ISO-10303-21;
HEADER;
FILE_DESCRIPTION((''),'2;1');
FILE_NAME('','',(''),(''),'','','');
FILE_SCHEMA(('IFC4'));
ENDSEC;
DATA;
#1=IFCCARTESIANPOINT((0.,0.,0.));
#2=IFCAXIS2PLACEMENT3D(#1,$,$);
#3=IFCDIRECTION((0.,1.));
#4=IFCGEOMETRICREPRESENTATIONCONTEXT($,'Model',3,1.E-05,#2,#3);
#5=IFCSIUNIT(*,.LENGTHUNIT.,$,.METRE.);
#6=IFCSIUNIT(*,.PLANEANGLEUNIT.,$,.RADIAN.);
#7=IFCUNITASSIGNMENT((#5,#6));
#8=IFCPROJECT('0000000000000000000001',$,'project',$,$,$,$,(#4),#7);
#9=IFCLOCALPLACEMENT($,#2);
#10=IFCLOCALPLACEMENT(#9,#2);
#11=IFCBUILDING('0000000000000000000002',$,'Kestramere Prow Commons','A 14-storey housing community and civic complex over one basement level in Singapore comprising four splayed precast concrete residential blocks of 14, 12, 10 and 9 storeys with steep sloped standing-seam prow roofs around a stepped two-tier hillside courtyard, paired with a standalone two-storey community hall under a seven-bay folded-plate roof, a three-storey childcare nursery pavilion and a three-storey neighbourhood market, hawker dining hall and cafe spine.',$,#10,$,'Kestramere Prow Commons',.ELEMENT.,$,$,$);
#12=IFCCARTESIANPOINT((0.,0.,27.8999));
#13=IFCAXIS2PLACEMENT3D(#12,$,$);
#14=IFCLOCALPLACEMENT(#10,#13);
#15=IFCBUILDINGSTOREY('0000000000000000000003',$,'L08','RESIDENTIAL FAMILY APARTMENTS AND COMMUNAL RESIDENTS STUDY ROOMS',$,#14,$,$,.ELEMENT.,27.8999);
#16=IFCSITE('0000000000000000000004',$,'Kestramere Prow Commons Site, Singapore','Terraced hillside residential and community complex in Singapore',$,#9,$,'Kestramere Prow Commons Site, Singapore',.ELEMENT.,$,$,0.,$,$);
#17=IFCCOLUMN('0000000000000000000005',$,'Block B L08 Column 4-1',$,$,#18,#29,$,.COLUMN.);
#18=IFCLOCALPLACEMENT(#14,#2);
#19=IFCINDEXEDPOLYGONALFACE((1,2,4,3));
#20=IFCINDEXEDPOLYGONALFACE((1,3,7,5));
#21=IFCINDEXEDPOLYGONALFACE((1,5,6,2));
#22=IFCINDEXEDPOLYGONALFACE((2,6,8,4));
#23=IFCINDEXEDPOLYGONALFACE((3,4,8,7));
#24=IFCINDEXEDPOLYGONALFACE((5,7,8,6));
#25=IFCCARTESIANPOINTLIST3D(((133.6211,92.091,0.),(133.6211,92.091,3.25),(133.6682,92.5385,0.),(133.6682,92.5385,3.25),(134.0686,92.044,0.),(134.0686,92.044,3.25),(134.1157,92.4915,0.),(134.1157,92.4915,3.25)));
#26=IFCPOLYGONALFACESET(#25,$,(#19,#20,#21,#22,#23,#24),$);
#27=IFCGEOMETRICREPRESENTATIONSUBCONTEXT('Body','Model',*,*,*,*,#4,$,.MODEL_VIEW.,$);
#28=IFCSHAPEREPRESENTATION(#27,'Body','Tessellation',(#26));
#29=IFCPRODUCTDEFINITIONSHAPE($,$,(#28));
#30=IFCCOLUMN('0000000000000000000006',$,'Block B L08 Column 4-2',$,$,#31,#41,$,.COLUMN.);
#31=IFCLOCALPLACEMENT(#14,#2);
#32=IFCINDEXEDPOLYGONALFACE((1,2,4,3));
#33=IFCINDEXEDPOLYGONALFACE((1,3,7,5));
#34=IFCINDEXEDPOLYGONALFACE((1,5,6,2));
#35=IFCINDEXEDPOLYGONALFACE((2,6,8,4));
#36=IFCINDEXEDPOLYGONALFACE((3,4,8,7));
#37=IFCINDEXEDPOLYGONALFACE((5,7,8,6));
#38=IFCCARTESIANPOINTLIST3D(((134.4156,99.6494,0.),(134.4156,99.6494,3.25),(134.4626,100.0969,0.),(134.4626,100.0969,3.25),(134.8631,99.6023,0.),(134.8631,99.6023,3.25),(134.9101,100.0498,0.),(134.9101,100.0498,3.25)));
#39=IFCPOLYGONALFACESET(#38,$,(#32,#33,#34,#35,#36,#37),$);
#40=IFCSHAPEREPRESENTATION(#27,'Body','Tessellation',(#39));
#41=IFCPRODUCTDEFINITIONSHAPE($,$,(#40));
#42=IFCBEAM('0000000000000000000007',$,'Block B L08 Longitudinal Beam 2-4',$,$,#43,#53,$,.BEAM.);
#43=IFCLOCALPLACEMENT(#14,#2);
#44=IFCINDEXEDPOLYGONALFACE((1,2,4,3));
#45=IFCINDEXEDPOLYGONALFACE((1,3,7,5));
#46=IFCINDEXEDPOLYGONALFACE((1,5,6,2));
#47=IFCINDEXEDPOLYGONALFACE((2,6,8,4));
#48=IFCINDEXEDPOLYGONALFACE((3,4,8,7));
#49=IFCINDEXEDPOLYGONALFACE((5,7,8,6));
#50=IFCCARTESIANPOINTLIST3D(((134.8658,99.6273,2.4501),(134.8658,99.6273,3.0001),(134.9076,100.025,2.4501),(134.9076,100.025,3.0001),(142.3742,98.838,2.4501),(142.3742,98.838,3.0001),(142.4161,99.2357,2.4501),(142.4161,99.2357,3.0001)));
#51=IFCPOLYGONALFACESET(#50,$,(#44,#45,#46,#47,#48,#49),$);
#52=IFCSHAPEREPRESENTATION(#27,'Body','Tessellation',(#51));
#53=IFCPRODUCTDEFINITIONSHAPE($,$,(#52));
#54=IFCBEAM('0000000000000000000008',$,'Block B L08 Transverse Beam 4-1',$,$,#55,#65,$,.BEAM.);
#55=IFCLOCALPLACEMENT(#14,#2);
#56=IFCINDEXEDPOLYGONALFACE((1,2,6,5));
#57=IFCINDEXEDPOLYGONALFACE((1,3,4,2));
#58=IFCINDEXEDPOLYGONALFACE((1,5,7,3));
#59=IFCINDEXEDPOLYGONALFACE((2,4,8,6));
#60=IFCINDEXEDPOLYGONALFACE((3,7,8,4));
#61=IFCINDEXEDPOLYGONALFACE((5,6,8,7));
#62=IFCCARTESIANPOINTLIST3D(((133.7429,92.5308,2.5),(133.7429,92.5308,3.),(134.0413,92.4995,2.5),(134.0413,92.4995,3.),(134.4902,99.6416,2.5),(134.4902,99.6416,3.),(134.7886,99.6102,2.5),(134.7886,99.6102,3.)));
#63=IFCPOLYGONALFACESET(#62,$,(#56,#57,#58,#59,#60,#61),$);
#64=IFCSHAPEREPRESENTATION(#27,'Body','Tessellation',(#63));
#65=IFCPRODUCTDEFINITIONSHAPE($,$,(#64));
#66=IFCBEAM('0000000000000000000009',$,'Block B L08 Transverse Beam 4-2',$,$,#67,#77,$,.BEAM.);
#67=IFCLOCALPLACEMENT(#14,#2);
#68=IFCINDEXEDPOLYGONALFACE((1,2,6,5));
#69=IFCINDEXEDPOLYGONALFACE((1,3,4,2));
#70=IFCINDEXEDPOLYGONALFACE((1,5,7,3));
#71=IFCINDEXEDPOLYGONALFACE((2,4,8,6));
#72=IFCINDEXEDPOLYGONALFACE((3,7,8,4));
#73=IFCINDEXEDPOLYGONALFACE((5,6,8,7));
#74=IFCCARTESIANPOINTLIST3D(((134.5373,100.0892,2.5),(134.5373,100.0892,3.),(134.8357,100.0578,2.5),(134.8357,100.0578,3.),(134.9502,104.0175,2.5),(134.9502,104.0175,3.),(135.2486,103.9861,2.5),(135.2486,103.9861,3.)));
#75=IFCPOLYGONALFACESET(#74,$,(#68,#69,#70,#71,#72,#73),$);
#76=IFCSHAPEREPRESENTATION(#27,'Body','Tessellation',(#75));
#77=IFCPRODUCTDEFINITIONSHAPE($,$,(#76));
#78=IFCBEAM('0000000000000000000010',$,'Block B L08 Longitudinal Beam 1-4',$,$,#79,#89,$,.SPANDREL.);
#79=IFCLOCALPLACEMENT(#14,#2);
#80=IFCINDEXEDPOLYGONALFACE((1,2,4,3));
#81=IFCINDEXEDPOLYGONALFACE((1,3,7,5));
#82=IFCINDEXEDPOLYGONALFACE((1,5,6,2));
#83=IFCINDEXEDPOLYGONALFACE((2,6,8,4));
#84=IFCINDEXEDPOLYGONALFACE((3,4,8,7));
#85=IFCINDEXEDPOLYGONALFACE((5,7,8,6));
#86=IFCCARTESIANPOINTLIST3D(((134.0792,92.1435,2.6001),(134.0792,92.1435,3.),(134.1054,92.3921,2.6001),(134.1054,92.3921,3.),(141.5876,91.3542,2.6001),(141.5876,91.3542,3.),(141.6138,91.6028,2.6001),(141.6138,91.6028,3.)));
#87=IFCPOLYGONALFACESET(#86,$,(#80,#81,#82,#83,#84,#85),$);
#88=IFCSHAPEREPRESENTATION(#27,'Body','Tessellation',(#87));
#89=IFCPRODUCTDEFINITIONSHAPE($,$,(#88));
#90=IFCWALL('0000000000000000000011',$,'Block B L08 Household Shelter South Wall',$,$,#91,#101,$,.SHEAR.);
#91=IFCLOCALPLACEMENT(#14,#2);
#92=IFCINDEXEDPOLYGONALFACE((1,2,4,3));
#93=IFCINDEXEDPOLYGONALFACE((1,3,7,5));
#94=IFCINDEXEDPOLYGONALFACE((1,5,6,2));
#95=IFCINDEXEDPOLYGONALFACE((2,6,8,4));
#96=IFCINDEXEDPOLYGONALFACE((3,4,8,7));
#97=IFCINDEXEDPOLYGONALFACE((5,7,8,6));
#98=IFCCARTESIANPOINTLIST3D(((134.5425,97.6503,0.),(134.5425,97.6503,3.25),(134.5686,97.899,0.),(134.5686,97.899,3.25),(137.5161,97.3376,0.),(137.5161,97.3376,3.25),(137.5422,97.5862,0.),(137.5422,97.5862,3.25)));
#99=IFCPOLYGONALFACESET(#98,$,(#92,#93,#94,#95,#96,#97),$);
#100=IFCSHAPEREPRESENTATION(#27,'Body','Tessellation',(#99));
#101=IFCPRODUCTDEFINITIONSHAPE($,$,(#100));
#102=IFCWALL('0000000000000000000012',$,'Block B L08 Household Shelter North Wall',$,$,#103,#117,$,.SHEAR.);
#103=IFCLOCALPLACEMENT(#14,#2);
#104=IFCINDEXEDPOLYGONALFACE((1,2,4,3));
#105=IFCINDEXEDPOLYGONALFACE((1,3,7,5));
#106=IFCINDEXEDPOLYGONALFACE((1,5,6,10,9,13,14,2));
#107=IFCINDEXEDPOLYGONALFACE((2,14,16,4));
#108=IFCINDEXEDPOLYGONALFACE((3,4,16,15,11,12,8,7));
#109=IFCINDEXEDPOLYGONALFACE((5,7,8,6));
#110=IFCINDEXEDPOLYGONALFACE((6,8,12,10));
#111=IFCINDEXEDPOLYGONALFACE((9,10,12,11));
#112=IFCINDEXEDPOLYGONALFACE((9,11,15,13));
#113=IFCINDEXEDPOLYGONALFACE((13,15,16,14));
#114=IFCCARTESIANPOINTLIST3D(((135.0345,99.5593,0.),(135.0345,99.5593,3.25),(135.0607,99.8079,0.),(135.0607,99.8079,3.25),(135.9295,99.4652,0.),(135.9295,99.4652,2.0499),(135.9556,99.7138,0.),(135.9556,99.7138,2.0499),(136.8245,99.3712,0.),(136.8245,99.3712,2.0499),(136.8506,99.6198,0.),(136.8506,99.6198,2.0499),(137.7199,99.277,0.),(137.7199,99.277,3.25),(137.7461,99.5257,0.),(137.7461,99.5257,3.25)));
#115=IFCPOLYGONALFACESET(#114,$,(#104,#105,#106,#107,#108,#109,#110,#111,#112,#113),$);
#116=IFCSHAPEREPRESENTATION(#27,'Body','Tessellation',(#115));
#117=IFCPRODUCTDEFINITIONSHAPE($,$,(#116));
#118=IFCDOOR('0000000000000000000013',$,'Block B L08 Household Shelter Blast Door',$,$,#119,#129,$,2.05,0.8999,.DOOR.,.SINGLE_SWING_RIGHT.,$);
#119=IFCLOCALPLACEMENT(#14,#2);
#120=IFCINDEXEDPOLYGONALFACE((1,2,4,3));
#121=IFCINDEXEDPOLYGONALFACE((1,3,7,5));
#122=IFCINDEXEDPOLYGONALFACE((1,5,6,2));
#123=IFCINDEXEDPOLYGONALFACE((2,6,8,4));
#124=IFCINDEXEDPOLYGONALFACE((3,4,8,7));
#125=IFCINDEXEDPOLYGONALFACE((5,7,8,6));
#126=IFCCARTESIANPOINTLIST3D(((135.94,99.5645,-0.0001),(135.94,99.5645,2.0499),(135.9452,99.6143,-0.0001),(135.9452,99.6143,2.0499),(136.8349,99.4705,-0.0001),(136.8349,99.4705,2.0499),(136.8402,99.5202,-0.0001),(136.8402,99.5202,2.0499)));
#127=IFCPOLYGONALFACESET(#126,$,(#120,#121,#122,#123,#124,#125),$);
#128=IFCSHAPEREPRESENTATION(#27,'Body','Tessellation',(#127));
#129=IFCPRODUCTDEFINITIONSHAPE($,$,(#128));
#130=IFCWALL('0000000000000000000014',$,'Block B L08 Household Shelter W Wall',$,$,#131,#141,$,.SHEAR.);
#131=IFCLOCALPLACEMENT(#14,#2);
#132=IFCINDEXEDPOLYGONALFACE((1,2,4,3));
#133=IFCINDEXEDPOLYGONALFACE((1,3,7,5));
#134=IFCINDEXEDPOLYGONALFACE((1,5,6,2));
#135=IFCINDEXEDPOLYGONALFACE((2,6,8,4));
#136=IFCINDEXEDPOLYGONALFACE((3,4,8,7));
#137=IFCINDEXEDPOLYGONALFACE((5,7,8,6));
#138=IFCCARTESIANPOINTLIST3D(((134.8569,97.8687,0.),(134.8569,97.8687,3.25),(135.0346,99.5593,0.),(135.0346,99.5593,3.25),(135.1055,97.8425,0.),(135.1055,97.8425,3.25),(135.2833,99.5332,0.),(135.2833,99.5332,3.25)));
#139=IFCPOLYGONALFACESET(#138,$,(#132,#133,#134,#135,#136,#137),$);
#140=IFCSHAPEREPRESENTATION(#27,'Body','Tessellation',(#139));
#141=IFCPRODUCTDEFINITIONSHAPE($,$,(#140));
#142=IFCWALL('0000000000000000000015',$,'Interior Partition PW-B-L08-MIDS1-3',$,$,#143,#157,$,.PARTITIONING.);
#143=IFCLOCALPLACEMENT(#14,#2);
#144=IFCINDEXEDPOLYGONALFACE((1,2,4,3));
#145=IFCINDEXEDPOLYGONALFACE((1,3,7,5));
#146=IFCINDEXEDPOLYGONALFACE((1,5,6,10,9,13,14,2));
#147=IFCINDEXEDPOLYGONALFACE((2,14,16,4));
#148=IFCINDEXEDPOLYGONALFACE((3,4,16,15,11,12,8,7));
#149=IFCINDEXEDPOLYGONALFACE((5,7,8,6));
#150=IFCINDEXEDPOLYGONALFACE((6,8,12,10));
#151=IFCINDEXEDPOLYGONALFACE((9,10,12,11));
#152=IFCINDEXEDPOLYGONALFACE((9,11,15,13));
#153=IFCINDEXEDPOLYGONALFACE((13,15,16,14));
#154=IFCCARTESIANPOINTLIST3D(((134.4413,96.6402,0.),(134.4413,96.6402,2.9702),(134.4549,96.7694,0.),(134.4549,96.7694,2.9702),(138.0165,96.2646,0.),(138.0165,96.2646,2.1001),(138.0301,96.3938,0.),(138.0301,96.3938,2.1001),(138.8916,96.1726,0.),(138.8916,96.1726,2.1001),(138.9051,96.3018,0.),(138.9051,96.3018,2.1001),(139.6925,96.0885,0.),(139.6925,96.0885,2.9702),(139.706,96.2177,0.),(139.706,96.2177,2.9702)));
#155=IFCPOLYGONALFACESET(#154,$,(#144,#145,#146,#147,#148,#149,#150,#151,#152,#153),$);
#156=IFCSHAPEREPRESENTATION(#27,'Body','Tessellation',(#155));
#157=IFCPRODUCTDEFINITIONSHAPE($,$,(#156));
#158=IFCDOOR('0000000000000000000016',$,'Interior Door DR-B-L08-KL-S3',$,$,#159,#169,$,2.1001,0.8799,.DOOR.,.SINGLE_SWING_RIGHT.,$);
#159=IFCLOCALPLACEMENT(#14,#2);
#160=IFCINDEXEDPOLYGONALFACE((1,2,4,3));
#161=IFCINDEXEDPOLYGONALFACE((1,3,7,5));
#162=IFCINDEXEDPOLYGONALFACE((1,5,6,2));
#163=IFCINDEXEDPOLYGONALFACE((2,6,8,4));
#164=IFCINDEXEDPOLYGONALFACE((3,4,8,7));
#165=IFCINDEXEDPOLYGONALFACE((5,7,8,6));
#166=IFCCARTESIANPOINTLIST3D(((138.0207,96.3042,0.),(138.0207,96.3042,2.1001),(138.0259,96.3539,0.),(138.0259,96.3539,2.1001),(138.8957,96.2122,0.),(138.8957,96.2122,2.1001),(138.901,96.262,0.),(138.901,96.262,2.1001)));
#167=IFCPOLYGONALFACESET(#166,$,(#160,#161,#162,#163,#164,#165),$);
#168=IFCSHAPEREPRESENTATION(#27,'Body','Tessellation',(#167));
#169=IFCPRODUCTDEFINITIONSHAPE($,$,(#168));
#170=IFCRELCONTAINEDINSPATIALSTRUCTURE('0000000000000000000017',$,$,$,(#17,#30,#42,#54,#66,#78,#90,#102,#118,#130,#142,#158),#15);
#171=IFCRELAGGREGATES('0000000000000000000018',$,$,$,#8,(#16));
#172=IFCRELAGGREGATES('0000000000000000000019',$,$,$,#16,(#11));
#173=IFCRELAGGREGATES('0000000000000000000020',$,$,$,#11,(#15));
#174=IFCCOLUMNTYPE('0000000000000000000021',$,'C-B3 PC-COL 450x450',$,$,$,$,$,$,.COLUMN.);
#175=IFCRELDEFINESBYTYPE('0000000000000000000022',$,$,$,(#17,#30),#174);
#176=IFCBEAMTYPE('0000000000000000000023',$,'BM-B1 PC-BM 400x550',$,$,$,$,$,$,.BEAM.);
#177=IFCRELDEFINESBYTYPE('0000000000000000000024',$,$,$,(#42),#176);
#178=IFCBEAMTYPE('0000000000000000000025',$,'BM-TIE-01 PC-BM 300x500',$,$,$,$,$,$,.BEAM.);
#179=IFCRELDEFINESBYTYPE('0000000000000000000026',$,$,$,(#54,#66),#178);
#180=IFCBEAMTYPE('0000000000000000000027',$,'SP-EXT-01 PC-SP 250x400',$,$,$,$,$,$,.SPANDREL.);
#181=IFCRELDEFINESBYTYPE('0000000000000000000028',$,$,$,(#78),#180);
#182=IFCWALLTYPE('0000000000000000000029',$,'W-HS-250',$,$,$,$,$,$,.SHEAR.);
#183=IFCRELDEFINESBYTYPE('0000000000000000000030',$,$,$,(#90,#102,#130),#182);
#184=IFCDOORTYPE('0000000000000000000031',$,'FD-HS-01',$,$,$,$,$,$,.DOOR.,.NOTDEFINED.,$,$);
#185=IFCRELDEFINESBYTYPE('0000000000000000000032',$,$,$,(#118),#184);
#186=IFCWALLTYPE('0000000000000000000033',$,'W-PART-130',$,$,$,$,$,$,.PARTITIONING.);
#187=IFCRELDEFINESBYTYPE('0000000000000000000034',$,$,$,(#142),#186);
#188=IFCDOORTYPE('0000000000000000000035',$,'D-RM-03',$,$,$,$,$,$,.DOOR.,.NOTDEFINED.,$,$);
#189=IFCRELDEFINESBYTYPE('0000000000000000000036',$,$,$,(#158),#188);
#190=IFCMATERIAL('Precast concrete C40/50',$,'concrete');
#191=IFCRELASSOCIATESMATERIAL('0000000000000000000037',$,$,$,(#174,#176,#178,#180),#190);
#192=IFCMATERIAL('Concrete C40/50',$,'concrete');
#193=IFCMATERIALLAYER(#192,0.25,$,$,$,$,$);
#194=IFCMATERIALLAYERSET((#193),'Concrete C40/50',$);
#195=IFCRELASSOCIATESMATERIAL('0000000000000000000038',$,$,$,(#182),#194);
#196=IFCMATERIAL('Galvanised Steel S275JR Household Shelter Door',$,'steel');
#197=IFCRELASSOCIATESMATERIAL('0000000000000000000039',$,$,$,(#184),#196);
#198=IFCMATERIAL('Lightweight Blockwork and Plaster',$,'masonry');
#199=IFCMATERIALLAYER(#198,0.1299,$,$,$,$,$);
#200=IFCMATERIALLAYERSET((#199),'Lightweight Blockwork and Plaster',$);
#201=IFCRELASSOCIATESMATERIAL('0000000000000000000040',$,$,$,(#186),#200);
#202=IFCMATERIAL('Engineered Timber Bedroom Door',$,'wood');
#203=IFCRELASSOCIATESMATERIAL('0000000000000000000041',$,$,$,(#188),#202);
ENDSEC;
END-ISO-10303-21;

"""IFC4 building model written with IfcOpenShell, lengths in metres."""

from ifc_helpers import new_model, si_unit, direction, frame, frame_2d, origin, origin_2d, place, context, subcontext, project, spatial, rectangle, extrude, material, layer, layer_set, material_profile, profile_set, type_object, element, fill, save


model = new_model("IFC4")

# Units and contexts
model_context = context("Model", 3, precision=1e-05, world=origin(), true_north=direction((0.0, 1.0)))
body_context = subcontext(model_context, "Body", "Model", "MODEL_VIEW")
ifc_project = project(units=[si_unit("LENGTHUNIT", "METRE"), si_unit("PLANEANGLEUNIT", "RADIAN")], contexts=[model_context])

# Site, building, storey
site_placement = place(None, origin())
site = spatial("IfcSite", under=ifc_project, at=site_placement, Name="Kestramere Prow Commons Site, Singapore", Description="Terraced hillside residential and community complex in Singapore", LongName="Kestramere Prow Commons Site, Singapore", CompositionType="ELEMENT", RefElevation=0.0)
building_placement = place(site_placement, origin())
building = spatial("IfcBuilding", under=site, at=building_placement, Name="Kestramere Prow Commons", Description="A 14-storey housing community and civic complex over one basement level in Singapore comprising four splayed precast concrete residential blocks of 14, 12, 10 and 9 storeys with steep sloped standing-seam prow roofs around a stepped two-tier hillside courtyard, paired with a standalone two-storey community hall under a seven-bay folded-plate roof, a three-storey childcare nursery pavilion and a three-storey neighbourhood market, hawker dining hall and cafe spine.", LongName="Kestramere Prow Commons", CompositionType="ELEMENT")
storey_placement = place(building_placement, frame((0.0, 0.0, 27.8999)))
storey = spatial("IfcBuildingStorey", under=building, at=storey_placement, Name="L08", Description="RESIDENTIAL FAMILY APARTMENTS AND COMMUNAL RESIDENTS STUDY ROOMS", CompositionType="ELEMENT", Elevation=27.8999)

# Columns
ifc_material_1 = material(Name="Precast concrete C40/50", Category="concrete")
ifc_material_profile_1 = material_profile(ifc_material_1, rectangle(XDim=0.45, YDim=0.45, at=origin_2d()), Name="PC-COL 450x450")
ifc_profile_set_1 = profile_set([ifc_material_profile_1], Name="Precast concrete C40/50")
column_type = type_object("IfcColumnType", Name="C-B3 PC-COL 450x450", PredefinedType="COLUMN", material=ifc_profile_set_1)
for number, where, z_axis, x_axis, name in (
    (1, (133.8684, 92.2913, 0.0), (0.0, 0.0, 1.0), (0.994522, -0.104528, 0.0), "Block B L08 Column 4-1"),
    (2, (134.6628, 99.8496, 0.0), (0.0, 0.0, 1.0), (0.994522, -0.104528, 0.0), "Block B L08 Column 4-2"),
):
    element("IfcColumn", number, at=place(storey_placement, frame(where, z_axis=z_axis, x_axis=x_axis)), inside=storey, type_object=column_type, Name=name, PredefinedType="COLUMN", context=body_context, shape_type="SweptSolid", body=[
        extrude(rectangle(XDim=0.45, YDim=0.45, at=origin_2d()), origin(), (0.0, 0.0, 1.0), 3.25),
    ])

# Beams
ifc_material_profile_2 = material_profile(ifc_material_1, rectangle(XDim=0.3999, YDim=0.55, at=origin_2d()), Name="PC-BM 400x550")
ifc_profile_set_2 = profile_set([ifc_material_profile_2], Name="Precast concrete C40/50")
beam_type_1 = type_object("IfcBeamType", Name="BM-B1 PC-BM 400x550", PredefinedType="BEAM", material=ifc_profile_set_2)
beam_1_placement = place(storey_placement, frame((134.8867, 99.8262, 2.7251), z_axis=(0.99452, -0.104545, 0.0), x_axis=(0.104545, 0.99452, 0.0)))
element("IfcBeam", 3, at=beam_1_placement, inside=storey, type_object=beam_type_1, Name="Block B L08 Longitudinal Beam 2-4", PredefinedType="BEAM", context=body_context, shape_type="SweptSolid", body=[
    extrude(rectangle(XDim=0.3999, YDim=0.55, at=origin_2d()), origin(), (0.0, 0.0, 1.0), 7.5498),
])
ifc_material_profile_3 = material_profile(ifc_material_1, rectangle(XDim=0.3, YDim=0.5, at=origin_2d()), Name="PC-BM 300x500")
ifc_profile_set_3 = profile_set([ifc_material_profile_3], Name="Precast concrete C40/50")
beam_type_2 = type_object("IfcBeamType", Name="BM-TIE-01 PC-BM 300x500", PredefinedType="BEAM", material=ifc_profile_set_3)
beam_2_placement = place(storey_placement, frame((133.8921, 92.5151, 2.75), z_axis=(0.104519, 0.994523, 0.0), x_axis=(-0.994523, 0.104519, 0.0)))
element("IfcBeam", 4, at=beam_2_placement, inside=storey, type_object=beam_type_2, Name="Block B L08 Transverse Beam 4-1", PredefinedType="BEAM", context=body_context, shape_type="SweptSolid", body=[
    extrude(rectangle(XDim=0.3, YDim=0.5, at=origin_2d()), origin(), (0.0, 0.0, 1.0), 7.1499),
])
beam_3_placement = place(storey_placement, frame((134.6865, 100.0735, 2.75), z_axis=(0.104521, 0.994523, 0.0), x_axis=(-0.994523, 0.104521, 0.0)))
element("IfcBeam", 5, at=beam_3_placement, inside=storey, type_object=beam_type_2, Name="Block B L08 Transverse Beam 4-2", PredefinedType="BEAM", context=body_context, shape_type="SweptSolid", body=[
    extrude(rectangle(XDim=0.3, YDim=0.5, at=origin_2d()), origin(), (0.0, 0.0, 1.0), 3.95),
])
ifc_material_profile_4 = material_profile(ifc_material_1, rectangle(XDim=0.25, YDim=0.3999, at=origin_2d()), Name="PC-SP 250x400")
ifc_profile_set_4 = profile_set([ifc_material_profile_4], Name="Precast concrete C40/50")
beam_type_3 = type_object("IfcBeamType", Name="SP-EXT-01 PC-SP 250x400", PredefinedType="SPANDREL", material=ifc_profile_set_4)
beam_4_placement = place(storey_placement, frame((134.0923, 92.2678, 2.8), z_axis=(0.99452, -0.104545, 0.0), x_axis=(0.104545, 0.99452, 0.0)))
element("IfcBeam", 6, at=beam_4_placement, inside=storey, type_object=beam_type_3, Name="Block B L08 Longitudinal Beam 1-4", PredefinedType="SPANDREL", context=body_context, shape_type="SweptSolid", body=[
    extrude(rectangle(XDim=0.25, YDim=0.3999, at=origin_2d()), origin(), (0.0, 0.0, 1.0), 7.5498),
])

# Wall
ifc_material_2 = material(Name="Concrete C40/50", Category="concrete")
ifc_layer_1 = layer(ifc_material_2, 0.25)
ifc_layer_set_1 = layer_set([ifc_layer_1], Name="Concrete C40/50")
wall_type_1 = type_object("IfcWallType", Name="W-HS-250", PredefinedType="SHEAR", material=ifc_layer_set_1)
wall_1_placement = place(storey_placement, frame((134.5554, 97.7747, 0.0), z_axis=(0.0, 0.0, 1.0), x_axis=(0.994515, -0.104596, 0.0)))
element("IfcWall", 7, at=wall_1_placement, inside=storey, type_object=wall_type_1, Name="Block B L08 Household Shelter South Wall", PredefinedType="SHEAR", context=body_context, shape_type="SweptSolid", body=[
    extrude(rectangle(XDim=2.99, YDim=0.25, at=frame_2d((1.4951, 0.0))), origin(), (0.0, 0.0, 1.0), 3.25),
])

# Wall, opening, door
wall_2_placement = place(storey_placement, frame((135.0476, 99.6836, 0.0), z_axis=(0.0, 0.0, 1.0), x_axis=(0.994522, -0.104525, 0.0)))
wall_2 = element("IfcWall", 8, at=wall_2_placement, inside=storey, type_object=wall_type_1, Name="Block B L08 Household Shelter North Wall", PredefinedType="SHEAR", context=body_context, shape_type="SweptSolid", body=[
    extrude(rectangle(XDim=2.7002, YDim=0.25, at=frame_2d((1.3501, 0.0))), origin(), (0.0, 0.0, 1.0), 3.25),
])
opening_1_placement = place(wall_2_placement, frame((0.8999, 0.0, 0.0)))
opening_1 = element("IfcOpeningElement", 9, at=opening_1_placement, cuts=wall_2, PredefinedType="OPENING", context=body_context, shape_type="SweptSolid", body=[
    extrude(rectangle(XDim=0.8999, YDim=2.05, at=frame_2d((0.45, 1.0249))), frame((0.0, 0.1399, 0.0), z_axis=(0.0, -1.0, 0.0), x_axis=(1.0, 0.0, 0.0)), (0.0, 0.0, 1.0), 0.28),
])
ifc_material_3 = material(Name="Galvanised Steel S275JR Household Shelter Door", Category="steel")
door_type_1 = type_object("IfcDoorType", Name="FD-HS-01", OperationType="NOTDEFINED", PredefinedType="DOOR", material=ifc_material_3)
door_1_placement = place(opening_1_placement, origin())
door_1 = element("IfcDoor", 10, at=door_1_placement, inside=storey, type_object=door_type_1, Name="Block B L08 Household Shelter Blast Door", OperationType="SINGLE_SWING_RIGHT", OverallHeight=2.05, OverallWidth=0.8999, PredefinedType="DOOR", context=body_context, shape_type="SweptSolid", body=[
    extrude(rectangle(XDim=0.8999, YDim=2.05, at=frame_2d((0.45, 1.0249))), frame((0.0, 0.0249, 0.0), z_axis=(0.0, -1.0, 0.0), x_axis=(1.0, 0.0, 0.0)), (0.0, 0.0, 1.0), 0.05),
])
fill(opening_1, door_1)

# Wall
wall_3_placement = place(storey_placement, frame((134.9812, 97.8555, 0.0), z_axis=(0.0, 0.0, 1.0), x_axis=(0.10455, 0.99452, 0.0)))
element("IfcWall", 11, at=wall_3_placement, inside=storey, type_object=wall_type_1, Name="Block B L08 Household Shelter W Wall", PredefinedType="SHEAR", context=body_context, shape_type="SweptSolid", body=[
    extrude(rectangle(XDim=1.7, YDim=0.25, at=frame_2d((0.8501, 0.0))), origin(), (0.0, 0.0, 1.0), 3.25),
])

# Wall, opening, door
ifc_material_4 = material(Name="Lightweight Blockwork and Plaster", Category="masonry")
ifc_layer_2 = layer(ifc_material_4, 0.1299)
ifc_layer_set_2 = layer_set([ifc_layer_2], Name="Lightweight Blockwork and Plaster")
wall_type_2 = type_object("IfcWallType", Name="W-PART-130", PredefinedType="PARTITIONING", material=ifc_layer_set_2)
wall_4_placement = place(storey_placement, frame((134.448, 96.7048, 0.0), z_axis=(0.0, 0.0, 1.0), x_axis=(0.994525, -0.104497, 0.0)))
wall_4 = element("IfcWall", 12, at=wall_4_placement, inside=storey, type_object=wall_type_2, Name="Interior Partition PW-B-L08-MIDS1-3", PredefinedType="PARTITIONING", context=body_context, shape_type="SweptSolid", body=[
    extrude(rectangle(XDim=5.28, YDim=0.1299, at=frame_2d((2.6401, 0.0))), origin(), (0.0, 0.0, 1.0), 2.9702),
])
opening_2_placement = place(wall_4_placement, frame((3.595, 0.0, 0.0)))
opening_2 = element("IfcOpeningElement", 13, at=opening_2_placement, cuts=wall_4, PredefinedType="OPENING", context=body_context, shape_type="SweptSolid", body=[
    extrude(rectangle(XDim=0.8799, YDim=2.1001, at=frame_2d((0.4399, 1.05))), frame((0.0, 0.0798, 0.0), z_axis=(0.0, -1.0, 0.0), x_axis=(1.0, 0.0, 0.0)), (0.0, 0.0, 1.0), 0.1599),
])
ifc_material_5 = material(Name="Engineered Timber Bedroom Door", Category="wood")
door_type_2 = type_object("IfcDoorType", Name="D-RM-03", OperationType="NOTDEFINED", PredefinedType="DOOR", material=ifc_material_5)
door_2_placement = place(opening_2_placement, origin())
door_2 = element("IfcDoor", 14, at=door_2_placement, inside=storey, type_object=door_type_2, Name="Interior Door DR-B-L08-KL-S3", OperationType="SINGLE_SWING_RIGHT", OverallHeight=2.1001, OverallWidth=0.8799, PredefinedType="DOOR", context=body_context, shape_type="SweptSolid", body=[
    extrude(rectangle(XDim=0.8799, YDim=2.1001, at=frame_2d((0.4399, 1.05))), frame((0.0, 0.0249, 0.0), z_axis=(0.0, -1.0, 0.0), x_axis=(1.0, 0.0, 0.0)), (0.0, 0.0, 1.0), 0.05),
])
fill(opening_2, door_2)

save(model, "model.ifc")
